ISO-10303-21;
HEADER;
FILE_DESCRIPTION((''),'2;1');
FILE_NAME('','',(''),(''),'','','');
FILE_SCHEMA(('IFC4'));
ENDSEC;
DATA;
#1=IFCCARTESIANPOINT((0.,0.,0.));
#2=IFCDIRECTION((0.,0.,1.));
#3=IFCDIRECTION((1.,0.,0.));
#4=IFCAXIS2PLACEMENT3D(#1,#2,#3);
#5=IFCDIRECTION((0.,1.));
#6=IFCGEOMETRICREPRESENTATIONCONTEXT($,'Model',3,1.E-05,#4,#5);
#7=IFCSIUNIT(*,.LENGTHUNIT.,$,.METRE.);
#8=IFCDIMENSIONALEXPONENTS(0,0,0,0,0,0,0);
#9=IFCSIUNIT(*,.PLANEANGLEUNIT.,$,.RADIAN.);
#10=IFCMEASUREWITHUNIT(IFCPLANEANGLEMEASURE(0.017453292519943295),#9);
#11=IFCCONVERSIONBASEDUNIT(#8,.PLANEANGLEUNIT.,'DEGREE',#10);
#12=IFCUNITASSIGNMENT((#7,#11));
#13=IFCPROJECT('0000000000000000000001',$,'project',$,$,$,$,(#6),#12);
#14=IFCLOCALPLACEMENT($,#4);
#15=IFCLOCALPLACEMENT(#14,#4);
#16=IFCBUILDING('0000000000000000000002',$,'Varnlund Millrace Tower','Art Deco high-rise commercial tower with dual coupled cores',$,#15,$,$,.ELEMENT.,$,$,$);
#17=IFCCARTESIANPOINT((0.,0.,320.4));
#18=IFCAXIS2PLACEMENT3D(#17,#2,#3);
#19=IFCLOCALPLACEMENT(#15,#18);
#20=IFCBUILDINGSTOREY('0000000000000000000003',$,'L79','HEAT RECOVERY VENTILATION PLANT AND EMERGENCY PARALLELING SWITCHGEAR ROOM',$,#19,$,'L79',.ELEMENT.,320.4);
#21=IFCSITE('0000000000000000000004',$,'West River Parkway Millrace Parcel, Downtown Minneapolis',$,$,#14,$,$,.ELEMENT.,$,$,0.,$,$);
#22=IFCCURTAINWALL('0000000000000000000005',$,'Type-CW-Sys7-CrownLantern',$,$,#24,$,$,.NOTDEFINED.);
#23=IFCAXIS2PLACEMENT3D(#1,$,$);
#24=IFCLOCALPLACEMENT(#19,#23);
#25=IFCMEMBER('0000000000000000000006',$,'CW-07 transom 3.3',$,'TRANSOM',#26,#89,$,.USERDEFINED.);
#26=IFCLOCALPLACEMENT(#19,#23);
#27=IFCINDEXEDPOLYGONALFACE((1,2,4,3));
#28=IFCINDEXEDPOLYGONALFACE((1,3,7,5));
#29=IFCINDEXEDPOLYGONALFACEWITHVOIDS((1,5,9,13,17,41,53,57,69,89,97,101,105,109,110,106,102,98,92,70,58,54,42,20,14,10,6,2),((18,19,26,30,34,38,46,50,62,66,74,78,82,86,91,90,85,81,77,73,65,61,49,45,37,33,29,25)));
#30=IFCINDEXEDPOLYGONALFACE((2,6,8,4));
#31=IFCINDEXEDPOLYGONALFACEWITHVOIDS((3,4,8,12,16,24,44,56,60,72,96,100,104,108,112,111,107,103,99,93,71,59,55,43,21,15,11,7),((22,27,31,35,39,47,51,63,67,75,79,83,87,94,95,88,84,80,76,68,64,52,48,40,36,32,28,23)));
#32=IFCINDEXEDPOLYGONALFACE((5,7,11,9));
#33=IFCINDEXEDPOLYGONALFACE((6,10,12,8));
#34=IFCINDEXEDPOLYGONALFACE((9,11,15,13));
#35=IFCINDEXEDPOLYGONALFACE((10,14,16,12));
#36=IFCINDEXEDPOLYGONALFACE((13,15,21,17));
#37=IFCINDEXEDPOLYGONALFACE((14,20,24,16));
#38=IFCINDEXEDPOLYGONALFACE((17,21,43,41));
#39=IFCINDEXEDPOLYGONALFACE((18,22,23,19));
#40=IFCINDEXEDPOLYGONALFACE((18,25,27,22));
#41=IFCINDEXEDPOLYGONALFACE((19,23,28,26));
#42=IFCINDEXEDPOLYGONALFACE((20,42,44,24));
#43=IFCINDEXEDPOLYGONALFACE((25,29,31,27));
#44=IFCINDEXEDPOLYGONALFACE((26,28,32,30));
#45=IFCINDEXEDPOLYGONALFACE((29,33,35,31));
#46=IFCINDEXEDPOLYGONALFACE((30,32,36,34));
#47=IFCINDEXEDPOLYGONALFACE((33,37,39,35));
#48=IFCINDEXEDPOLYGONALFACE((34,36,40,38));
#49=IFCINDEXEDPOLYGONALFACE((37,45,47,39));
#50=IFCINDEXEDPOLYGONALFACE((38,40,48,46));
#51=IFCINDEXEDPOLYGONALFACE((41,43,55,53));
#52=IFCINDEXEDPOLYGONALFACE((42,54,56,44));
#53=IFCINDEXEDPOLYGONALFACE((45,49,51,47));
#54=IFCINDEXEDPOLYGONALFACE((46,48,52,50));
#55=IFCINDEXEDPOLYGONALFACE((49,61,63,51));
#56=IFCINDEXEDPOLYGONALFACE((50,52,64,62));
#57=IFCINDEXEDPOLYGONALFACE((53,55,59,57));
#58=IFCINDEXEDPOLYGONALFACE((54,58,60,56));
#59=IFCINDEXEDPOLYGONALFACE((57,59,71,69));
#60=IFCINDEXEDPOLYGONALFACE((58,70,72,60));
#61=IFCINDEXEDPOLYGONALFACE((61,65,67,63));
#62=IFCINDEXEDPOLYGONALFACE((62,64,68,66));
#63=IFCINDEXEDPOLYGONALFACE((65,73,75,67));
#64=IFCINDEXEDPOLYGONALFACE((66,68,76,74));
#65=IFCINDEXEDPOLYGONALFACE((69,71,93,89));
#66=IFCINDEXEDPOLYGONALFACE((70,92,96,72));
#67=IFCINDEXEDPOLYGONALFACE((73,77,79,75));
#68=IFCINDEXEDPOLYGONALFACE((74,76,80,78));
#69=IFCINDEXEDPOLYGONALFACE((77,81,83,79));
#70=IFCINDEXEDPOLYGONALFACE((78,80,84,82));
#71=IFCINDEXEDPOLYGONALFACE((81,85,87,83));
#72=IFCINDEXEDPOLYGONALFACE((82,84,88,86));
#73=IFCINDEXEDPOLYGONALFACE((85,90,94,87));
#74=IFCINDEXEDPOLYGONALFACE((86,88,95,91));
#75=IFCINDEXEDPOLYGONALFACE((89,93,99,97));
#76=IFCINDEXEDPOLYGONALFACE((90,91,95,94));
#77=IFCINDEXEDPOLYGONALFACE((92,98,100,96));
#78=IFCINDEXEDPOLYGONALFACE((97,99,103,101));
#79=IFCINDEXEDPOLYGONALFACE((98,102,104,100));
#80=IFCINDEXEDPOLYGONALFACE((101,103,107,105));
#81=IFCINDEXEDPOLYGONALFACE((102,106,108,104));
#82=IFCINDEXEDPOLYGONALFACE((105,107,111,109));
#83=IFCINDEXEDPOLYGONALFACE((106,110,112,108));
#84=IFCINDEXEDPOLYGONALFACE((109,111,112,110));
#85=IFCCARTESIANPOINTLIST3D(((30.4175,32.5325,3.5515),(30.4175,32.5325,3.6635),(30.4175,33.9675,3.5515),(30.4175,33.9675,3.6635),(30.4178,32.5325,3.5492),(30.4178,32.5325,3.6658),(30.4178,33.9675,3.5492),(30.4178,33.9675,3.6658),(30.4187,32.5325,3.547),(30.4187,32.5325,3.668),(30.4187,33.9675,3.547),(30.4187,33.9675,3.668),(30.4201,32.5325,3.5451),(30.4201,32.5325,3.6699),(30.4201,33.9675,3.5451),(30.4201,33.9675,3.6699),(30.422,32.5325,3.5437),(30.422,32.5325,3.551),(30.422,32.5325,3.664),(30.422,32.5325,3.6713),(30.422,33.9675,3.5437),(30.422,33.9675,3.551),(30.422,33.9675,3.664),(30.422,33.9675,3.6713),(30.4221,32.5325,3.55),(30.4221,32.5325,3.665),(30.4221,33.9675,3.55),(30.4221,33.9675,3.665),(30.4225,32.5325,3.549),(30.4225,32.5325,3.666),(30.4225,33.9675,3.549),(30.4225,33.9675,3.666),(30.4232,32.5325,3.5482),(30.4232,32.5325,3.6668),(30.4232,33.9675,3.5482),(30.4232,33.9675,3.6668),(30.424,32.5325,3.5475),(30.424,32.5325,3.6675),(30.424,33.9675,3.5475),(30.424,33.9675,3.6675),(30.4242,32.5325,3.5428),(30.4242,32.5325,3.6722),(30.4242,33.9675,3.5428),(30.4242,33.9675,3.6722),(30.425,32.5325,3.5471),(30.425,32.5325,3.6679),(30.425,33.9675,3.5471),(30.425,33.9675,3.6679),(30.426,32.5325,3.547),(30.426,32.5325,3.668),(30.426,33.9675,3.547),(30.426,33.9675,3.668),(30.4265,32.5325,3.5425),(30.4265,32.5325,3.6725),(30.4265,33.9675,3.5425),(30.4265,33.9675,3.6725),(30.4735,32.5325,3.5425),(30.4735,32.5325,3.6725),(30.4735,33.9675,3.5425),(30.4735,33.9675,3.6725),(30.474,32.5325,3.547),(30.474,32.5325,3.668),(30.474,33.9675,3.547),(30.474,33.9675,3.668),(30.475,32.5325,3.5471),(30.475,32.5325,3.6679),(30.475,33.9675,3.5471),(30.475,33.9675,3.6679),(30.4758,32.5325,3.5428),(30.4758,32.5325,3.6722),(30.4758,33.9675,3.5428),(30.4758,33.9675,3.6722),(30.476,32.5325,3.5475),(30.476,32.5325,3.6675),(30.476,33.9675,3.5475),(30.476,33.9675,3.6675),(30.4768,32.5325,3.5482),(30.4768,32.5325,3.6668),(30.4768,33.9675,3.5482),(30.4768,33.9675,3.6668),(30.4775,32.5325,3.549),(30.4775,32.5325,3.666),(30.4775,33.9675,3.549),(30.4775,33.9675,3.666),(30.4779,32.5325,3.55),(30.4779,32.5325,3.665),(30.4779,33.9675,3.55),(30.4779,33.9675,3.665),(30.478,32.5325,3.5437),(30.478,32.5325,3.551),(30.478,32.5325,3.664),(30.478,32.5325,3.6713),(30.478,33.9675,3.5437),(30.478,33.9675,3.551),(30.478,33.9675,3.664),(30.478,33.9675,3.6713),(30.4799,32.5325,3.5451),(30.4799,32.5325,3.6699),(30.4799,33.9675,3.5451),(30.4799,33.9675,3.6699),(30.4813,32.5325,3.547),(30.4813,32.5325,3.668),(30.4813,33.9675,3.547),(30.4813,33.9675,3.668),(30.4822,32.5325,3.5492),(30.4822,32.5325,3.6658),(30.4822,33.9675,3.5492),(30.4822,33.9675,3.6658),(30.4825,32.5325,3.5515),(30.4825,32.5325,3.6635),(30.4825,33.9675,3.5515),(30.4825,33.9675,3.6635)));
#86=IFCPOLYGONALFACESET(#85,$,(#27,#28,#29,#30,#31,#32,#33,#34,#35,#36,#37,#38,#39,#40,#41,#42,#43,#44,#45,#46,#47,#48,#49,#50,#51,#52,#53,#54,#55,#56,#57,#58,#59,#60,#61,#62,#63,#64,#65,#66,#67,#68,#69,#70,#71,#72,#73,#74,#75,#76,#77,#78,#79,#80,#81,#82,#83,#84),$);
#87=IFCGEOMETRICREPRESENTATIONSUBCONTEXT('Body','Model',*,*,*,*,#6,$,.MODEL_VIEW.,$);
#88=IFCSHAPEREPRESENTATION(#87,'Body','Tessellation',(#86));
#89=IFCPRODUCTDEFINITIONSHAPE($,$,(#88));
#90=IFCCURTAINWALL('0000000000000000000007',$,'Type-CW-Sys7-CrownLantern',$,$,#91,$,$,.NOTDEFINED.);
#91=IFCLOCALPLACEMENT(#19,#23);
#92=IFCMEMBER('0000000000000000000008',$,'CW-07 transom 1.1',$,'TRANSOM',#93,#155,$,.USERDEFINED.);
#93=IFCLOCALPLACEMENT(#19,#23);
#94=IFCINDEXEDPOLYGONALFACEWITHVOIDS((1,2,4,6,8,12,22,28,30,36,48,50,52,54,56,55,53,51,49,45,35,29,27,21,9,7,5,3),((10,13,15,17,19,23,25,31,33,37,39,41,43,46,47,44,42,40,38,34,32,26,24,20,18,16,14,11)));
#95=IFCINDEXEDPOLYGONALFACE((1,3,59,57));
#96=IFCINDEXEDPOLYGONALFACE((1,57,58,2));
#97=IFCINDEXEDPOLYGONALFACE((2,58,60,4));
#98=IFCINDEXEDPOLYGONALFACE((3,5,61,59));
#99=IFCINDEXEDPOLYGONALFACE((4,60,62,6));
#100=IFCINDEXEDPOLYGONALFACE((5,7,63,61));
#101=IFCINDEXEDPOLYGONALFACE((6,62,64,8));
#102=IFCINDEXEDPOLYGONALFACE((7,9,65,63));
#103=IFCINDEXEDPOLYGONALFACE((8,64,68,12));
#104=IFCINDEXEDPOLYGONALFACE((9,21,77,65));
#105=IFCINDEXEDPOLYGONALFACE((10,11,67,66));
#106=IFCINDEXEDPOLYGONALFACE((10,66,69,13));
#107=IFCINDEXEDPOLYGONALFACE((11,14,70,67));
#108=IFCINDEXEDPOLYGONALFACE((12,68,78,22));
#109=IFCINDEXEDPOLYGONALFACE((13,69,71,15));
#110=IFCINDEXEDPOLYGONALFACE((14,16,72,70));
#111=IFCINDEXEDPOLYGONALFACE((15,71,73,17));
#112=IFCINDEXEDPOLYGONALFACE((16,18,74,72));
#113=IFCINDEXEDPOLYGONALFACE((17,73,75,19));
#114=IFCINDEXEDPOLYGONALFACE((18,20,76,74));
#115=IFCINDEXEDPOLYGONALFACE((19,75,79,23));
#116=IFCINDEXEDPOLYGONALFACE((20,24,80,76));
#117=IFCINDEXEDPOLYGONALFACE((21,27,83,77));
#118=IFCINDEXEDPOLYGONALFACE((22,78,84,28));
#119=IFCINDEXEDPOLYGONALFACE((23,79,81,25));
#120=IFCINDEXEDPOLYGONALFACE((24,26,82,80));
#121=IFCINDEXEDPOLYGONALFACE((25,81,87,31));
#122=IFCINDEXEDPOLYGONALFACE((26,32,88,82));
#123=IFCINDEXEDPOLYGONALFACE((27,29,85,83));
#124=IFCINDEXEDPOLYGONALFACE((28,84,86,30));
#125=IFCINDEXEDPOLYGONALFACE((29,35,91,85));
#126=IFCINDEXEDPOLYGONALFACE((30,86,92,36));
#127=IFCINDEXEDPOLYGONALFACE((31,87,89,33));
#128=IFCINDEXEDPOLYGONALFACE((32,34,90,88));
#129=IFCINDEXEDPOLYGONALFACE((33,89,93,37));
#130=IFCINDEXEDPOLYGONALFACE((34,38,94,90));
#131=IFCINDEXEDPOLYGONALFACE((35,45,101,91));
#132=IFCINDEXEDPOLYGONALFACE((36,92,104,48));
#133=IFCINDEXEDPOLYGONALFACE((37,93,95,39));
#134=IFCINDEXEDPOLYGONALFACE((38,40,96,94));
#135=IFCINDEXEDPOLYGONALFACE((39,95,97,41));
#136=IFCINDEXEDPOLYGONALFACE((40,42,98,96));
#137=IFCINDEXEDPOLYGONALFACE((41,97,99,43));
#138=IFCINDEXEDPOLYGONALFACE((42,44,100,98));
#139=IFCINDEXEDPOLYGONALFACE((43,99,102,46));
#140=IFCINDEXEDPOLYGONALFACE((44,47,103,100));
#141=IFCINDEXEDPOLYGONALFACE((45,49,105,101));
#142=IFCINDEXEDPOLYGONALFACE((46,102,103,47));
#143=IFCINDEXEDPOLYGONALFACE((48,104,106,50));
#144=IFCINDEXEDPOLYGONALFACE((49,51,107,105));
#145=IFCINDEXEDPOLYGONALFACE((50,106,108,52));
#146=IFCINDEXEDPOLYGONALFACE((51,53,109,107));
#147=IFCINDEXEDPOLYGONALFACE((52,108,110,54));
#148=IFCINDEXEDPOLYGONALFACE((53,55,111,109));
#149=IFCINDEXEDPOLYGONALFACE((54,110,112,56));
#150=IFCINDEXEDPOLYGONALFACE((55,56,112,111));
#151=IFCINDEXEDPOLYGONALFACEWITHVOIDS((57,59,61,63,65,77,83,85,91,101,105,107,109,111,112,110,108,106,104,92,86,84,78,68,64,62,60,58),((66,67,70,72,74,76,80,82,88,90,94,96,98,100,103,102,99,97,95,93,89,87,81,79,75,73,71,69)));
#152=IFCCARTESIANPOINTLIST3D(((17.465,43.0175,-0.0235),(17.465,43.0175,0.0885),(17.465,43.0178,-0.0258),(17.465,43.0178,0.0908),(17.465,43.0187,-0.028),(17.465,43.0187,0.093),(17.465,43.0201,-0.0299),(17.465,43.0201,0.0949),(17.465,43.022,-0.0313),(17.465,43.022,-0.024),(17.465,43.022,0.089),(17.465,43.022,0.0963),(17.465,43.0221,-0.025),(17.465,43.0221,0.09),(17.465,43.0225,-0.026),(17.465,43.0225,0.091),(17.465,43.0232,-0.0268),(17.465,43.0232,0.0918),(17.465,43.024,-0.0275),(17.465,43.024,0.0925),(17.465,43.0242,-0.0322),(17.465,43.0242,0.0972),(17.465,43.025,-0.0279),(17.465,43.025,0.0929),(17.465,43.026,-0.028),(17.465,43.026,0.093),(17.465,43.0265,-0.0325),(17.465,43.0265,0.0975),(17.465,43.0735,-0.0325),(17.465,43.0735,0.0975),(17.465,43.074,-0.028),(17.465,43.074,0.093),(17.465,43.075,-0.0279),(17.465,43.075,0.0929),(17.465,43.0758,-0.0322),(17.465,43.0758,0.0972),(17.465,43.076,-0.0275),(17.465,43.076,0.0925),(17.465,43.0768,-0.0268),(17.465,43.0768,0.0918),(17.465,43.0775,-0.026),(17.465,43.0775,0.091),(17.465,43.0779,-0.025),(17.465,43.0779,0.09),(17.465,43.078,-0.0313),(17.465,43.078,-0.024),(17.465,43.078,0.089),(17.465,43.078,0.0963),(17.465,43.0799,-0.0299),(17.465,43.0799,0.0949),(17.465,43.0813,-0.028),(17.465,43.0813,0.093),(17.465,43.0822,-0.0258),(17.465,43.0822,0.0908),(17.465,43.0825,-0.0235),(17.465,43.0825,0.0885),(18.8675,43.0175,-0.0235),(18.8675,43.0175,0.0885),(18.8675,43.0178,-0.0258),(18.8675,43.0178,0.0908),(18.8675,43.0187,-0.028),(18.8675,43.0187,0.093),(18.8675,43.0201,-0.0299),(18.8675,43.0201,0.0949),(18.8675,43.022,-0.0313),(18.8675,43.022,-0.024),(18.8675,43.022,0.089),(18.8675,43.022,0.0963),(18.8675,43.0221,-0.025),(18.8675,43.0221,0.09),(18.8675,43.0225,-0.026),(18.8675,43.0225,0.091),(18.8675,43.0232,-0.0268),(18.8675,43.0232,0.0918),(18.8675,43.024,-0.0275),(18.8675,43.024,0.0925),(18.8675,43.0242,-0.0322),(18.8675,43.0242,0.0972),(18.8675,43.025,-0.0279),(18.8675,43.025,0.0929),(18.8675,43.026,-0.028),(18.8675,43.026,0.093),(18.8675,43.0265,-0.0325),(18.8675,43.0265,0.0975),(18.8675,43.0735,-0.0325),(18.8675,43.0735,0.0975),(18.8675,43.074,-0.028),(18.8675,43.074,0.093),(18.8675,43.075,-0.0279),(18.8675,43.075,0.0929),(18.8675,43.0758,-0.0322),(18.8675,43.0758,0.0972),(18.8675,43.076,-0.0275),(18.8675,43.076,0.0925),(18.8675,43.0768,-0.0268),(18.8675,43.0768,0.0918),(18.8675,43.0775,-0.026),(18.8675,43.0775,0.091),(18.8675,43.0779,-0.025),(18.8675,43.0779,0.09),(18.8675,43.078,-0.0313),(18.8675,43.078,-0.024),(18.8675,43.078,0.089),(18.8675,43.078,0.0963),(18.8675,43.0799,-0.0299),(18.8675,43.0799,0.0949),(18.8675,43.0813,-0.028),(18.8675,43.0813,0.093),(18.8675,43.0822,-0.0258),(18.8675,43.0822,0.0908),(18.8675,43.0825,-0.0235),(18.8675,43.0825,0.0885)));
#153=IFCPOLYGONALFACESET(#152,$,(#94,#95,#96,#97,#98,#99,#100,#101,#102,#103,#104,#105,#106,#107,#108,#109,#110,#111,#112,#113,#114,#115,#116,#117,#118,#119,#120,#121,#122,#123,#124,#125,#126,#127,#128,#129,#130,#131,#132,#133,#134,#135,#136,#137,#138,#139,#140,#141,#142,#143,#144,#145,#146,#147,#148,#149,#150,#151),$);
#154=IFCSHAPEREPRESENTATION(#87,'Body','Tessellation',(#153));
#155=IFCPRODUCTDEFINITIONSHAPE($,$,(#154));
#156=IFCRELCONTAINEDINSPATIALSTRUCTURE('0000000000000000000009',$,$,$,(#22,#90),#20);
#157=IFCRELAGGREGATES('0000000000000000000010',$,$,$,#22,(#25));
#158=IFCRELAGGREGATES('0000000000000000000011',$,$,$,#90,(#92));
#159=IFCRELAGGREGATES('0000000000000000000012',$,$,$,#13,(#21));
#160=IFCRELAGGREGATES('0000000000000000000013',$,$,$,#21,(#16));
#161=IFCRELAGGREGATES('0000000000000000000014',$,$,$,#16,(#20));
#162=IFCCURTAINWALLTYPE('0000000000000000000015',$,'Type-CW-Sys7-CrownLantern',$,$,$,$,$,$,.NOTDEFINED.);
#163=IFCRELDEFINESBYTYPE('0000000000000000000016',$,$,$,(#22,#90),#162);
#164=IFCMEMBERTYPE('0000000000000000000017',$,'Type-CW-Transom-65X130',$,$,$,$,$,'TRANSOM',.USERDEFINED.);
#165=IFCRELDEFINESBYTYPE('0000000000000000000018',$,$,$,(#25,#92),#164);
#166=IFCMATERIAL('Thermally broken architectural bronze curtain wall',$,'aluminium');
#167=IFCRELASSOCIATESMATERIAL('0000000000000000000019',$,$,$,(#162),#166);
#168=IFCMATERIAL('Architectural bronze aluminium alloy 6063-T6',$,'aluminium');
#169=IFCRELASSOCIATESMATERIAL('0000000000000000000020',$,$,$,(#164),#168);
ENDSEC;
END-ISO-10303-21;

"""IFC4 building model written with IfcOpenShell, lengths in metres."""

from ifc_helpers import new_model, entity, si_unit, converted_unit, direction, frame, origin_with_axes, origin_2d_with_axis, place, context, subcontext, project, spatial, hollow_rectangle, extrude, material, material_profile, profile_set, type_object, element, aggregate, save


model = new_model("IFC4")

# Units and contexts
model_context = context("Model", 3, precision=1e-05, world=origin_with_axes(), true_north=direction((0.0, 1.0)))
body_context = subcontext(model_context, "Body", "Model", "MODEL_VIEW")
ifc_project = project(units=[si_unit("LENGTHUNIT", "METRE"), converted_unit("PLANEANGLEUNIT", "DEGREE", entity("IfcPlaneAngleMeasure", 0.017453292519943295), si_unit("PLANEANGLEUNIT", "RADIAN"), dimensions=[0, 0, 0, 0, 0, 0, 0])], contexts=[model_context])

# Site, building, storey
site_placement = place(None, origin_with_axes())
site = spatial("IfcSite", under=ifc_project, at=site_placement, Name="West River Parkway Millrace Parcel, Downtown Minneapolis", CompositionType="ELEMENT", RefElevation=0.0)
building_placement = place(site_placement, origin_with_axes())
building = spatial("IfcBuilding", under=site, at=building_placement, Name="Varnlund Millrace Tower", Description="Art Deco high-rise commercial tower with dual coupled cores", CompositionType="ELEMENT")
storey_placement = place(building_placement, frame((0.0, 0.0, 320.4), z_axis=(0.0, 0.0, 1.0), x_axis=(1.0, 0.0, 0.0)))
storey = spatial("IfcBuildingStorey", under=building, at=storey_placement, Name="L79", Description="HEAT RECOVERY VENTILATION PLANT AND EMERGENCY PARALLELING SWITCHGEAR ROOM", LongName="L79", CompositionType="ELEMENT", Elevation=320.4)

# Curtain walls, members
ifc_material_1 = material(Name="Thermally broken architectural bronze curtain wall", Category="aluminium")
curtain_wall_type = type_object("IfcCurtainWallType", Name="Type-CW-Sys7-CrownLantern", PredefinedType="NOTDEFINED", material=ifc_material_1)
curtain_wall_1_placement = place(storey_placement, frame((30.45, 37.0, 0.0), z_axis=(0.0, 0.0, 1.0), x_axis=(1.0, 0.0, 0.0)))
curtain_wall_1 = element("IfcCurtainWall", 1, at=curtain_wall_1_placement, inside=storey, type_object=curtain_wall_type, Name="Type-CW-Sys7-CrownLantern", PredefinedType="NOTDEFINED")
ifc_material_2 = material(Name="Architectural bronze aluminium alloy 6063-T6", Category="aluminium")
ifc_material_profile_1 = material_profile(ifc_material_2, hollow_rectangle(XDim=0.065, YDim=0.13, WallThickness=0.0045, InnerFilletRadius=0.004, OuterFilletRadius=0.009, at=origin_2d_with_axis()), Name="Architectural bronze aluminium alloy 6063-T6")
ifc_profile_set_1 = profile_set([ifc_material_profile_1], Name="Architectural bronze aluminium alloy 6063-T6")
member_type = type_object("IfcMemberType", Name="Type-CW-Transom-65X130", ElementType="TRANSOM", PredefinedType="USERDEFINED", material=ifc_profile_set_1)
member_1_placement = place(storey_placement, frame((30.45, 33.9675, 3.6075), z_axis=(0.0, -1.0, 0.0), x_axis=(1.0, 0.0, 0.0)))
member_1 = element("IfcMember", 2, at=member_1_placement, type_object=member_type, Name="CW-07 transom 3.3", ObjectType="TRANSOM", PredefinedType="USERDEFINED", context=body_context, shape_type="SweptSolid", body=[
    extrude(hollow_rectangle(XDim=0.065, YDim=0.13, WallThickness=0.0045, InnerFilletRadius=0.004, OuterFilletRadius=0.009, at=origin_2d_with_axis()), origin_with_axes(), (0.0, 0.0, 1.0), 1.435),
])
curtain_wall_2_placement = place(storey_placement, frame((17.4, 43.05, 0.0), z_axis=(0.0, 0.0, 1.0), x_axis=(1.0, 0.0, 0.0)))
curtain_wall_2 = element("IfcCurtainWall", 3, at=curtain_wall_2_placement, inside=storey, type_object=curtain_wall_type, Name="Type-CW-Sys7-CrownLantern", PredefinedType="NOTDEFINED")
member_2_placement = place(storey_placement, frame((17.465, 43.05, 0.0325), z_axis=(1.0, 0.0, 0.0), x_axis=(0.0, 1.0, 0.0)))
member_2 = element("IfcMember", 4, at=member_2_placement, type_object=member_type, Name="CW-07 transom 1.1", ObjectType="TRANSOM", PredefinedType="USERDEFINED", context=body_context, shape_type="SweptSolid", body=[
    extrude(hollow_rectangle(XDim=0.065, YDim=0.13, WallThickness=0.0045, InnerFilletRadius=0.004, OuterFilletRadius=0.009, at=origin_2d_with_axis()), origin_with_axes(), (0.0, 0.0, 1.0), 1.4025),
])

aggregate(curtain_wall_1, [member_1])
aggregate(curtain_wall_2, [member_2])

save(model, "model.ifc")
